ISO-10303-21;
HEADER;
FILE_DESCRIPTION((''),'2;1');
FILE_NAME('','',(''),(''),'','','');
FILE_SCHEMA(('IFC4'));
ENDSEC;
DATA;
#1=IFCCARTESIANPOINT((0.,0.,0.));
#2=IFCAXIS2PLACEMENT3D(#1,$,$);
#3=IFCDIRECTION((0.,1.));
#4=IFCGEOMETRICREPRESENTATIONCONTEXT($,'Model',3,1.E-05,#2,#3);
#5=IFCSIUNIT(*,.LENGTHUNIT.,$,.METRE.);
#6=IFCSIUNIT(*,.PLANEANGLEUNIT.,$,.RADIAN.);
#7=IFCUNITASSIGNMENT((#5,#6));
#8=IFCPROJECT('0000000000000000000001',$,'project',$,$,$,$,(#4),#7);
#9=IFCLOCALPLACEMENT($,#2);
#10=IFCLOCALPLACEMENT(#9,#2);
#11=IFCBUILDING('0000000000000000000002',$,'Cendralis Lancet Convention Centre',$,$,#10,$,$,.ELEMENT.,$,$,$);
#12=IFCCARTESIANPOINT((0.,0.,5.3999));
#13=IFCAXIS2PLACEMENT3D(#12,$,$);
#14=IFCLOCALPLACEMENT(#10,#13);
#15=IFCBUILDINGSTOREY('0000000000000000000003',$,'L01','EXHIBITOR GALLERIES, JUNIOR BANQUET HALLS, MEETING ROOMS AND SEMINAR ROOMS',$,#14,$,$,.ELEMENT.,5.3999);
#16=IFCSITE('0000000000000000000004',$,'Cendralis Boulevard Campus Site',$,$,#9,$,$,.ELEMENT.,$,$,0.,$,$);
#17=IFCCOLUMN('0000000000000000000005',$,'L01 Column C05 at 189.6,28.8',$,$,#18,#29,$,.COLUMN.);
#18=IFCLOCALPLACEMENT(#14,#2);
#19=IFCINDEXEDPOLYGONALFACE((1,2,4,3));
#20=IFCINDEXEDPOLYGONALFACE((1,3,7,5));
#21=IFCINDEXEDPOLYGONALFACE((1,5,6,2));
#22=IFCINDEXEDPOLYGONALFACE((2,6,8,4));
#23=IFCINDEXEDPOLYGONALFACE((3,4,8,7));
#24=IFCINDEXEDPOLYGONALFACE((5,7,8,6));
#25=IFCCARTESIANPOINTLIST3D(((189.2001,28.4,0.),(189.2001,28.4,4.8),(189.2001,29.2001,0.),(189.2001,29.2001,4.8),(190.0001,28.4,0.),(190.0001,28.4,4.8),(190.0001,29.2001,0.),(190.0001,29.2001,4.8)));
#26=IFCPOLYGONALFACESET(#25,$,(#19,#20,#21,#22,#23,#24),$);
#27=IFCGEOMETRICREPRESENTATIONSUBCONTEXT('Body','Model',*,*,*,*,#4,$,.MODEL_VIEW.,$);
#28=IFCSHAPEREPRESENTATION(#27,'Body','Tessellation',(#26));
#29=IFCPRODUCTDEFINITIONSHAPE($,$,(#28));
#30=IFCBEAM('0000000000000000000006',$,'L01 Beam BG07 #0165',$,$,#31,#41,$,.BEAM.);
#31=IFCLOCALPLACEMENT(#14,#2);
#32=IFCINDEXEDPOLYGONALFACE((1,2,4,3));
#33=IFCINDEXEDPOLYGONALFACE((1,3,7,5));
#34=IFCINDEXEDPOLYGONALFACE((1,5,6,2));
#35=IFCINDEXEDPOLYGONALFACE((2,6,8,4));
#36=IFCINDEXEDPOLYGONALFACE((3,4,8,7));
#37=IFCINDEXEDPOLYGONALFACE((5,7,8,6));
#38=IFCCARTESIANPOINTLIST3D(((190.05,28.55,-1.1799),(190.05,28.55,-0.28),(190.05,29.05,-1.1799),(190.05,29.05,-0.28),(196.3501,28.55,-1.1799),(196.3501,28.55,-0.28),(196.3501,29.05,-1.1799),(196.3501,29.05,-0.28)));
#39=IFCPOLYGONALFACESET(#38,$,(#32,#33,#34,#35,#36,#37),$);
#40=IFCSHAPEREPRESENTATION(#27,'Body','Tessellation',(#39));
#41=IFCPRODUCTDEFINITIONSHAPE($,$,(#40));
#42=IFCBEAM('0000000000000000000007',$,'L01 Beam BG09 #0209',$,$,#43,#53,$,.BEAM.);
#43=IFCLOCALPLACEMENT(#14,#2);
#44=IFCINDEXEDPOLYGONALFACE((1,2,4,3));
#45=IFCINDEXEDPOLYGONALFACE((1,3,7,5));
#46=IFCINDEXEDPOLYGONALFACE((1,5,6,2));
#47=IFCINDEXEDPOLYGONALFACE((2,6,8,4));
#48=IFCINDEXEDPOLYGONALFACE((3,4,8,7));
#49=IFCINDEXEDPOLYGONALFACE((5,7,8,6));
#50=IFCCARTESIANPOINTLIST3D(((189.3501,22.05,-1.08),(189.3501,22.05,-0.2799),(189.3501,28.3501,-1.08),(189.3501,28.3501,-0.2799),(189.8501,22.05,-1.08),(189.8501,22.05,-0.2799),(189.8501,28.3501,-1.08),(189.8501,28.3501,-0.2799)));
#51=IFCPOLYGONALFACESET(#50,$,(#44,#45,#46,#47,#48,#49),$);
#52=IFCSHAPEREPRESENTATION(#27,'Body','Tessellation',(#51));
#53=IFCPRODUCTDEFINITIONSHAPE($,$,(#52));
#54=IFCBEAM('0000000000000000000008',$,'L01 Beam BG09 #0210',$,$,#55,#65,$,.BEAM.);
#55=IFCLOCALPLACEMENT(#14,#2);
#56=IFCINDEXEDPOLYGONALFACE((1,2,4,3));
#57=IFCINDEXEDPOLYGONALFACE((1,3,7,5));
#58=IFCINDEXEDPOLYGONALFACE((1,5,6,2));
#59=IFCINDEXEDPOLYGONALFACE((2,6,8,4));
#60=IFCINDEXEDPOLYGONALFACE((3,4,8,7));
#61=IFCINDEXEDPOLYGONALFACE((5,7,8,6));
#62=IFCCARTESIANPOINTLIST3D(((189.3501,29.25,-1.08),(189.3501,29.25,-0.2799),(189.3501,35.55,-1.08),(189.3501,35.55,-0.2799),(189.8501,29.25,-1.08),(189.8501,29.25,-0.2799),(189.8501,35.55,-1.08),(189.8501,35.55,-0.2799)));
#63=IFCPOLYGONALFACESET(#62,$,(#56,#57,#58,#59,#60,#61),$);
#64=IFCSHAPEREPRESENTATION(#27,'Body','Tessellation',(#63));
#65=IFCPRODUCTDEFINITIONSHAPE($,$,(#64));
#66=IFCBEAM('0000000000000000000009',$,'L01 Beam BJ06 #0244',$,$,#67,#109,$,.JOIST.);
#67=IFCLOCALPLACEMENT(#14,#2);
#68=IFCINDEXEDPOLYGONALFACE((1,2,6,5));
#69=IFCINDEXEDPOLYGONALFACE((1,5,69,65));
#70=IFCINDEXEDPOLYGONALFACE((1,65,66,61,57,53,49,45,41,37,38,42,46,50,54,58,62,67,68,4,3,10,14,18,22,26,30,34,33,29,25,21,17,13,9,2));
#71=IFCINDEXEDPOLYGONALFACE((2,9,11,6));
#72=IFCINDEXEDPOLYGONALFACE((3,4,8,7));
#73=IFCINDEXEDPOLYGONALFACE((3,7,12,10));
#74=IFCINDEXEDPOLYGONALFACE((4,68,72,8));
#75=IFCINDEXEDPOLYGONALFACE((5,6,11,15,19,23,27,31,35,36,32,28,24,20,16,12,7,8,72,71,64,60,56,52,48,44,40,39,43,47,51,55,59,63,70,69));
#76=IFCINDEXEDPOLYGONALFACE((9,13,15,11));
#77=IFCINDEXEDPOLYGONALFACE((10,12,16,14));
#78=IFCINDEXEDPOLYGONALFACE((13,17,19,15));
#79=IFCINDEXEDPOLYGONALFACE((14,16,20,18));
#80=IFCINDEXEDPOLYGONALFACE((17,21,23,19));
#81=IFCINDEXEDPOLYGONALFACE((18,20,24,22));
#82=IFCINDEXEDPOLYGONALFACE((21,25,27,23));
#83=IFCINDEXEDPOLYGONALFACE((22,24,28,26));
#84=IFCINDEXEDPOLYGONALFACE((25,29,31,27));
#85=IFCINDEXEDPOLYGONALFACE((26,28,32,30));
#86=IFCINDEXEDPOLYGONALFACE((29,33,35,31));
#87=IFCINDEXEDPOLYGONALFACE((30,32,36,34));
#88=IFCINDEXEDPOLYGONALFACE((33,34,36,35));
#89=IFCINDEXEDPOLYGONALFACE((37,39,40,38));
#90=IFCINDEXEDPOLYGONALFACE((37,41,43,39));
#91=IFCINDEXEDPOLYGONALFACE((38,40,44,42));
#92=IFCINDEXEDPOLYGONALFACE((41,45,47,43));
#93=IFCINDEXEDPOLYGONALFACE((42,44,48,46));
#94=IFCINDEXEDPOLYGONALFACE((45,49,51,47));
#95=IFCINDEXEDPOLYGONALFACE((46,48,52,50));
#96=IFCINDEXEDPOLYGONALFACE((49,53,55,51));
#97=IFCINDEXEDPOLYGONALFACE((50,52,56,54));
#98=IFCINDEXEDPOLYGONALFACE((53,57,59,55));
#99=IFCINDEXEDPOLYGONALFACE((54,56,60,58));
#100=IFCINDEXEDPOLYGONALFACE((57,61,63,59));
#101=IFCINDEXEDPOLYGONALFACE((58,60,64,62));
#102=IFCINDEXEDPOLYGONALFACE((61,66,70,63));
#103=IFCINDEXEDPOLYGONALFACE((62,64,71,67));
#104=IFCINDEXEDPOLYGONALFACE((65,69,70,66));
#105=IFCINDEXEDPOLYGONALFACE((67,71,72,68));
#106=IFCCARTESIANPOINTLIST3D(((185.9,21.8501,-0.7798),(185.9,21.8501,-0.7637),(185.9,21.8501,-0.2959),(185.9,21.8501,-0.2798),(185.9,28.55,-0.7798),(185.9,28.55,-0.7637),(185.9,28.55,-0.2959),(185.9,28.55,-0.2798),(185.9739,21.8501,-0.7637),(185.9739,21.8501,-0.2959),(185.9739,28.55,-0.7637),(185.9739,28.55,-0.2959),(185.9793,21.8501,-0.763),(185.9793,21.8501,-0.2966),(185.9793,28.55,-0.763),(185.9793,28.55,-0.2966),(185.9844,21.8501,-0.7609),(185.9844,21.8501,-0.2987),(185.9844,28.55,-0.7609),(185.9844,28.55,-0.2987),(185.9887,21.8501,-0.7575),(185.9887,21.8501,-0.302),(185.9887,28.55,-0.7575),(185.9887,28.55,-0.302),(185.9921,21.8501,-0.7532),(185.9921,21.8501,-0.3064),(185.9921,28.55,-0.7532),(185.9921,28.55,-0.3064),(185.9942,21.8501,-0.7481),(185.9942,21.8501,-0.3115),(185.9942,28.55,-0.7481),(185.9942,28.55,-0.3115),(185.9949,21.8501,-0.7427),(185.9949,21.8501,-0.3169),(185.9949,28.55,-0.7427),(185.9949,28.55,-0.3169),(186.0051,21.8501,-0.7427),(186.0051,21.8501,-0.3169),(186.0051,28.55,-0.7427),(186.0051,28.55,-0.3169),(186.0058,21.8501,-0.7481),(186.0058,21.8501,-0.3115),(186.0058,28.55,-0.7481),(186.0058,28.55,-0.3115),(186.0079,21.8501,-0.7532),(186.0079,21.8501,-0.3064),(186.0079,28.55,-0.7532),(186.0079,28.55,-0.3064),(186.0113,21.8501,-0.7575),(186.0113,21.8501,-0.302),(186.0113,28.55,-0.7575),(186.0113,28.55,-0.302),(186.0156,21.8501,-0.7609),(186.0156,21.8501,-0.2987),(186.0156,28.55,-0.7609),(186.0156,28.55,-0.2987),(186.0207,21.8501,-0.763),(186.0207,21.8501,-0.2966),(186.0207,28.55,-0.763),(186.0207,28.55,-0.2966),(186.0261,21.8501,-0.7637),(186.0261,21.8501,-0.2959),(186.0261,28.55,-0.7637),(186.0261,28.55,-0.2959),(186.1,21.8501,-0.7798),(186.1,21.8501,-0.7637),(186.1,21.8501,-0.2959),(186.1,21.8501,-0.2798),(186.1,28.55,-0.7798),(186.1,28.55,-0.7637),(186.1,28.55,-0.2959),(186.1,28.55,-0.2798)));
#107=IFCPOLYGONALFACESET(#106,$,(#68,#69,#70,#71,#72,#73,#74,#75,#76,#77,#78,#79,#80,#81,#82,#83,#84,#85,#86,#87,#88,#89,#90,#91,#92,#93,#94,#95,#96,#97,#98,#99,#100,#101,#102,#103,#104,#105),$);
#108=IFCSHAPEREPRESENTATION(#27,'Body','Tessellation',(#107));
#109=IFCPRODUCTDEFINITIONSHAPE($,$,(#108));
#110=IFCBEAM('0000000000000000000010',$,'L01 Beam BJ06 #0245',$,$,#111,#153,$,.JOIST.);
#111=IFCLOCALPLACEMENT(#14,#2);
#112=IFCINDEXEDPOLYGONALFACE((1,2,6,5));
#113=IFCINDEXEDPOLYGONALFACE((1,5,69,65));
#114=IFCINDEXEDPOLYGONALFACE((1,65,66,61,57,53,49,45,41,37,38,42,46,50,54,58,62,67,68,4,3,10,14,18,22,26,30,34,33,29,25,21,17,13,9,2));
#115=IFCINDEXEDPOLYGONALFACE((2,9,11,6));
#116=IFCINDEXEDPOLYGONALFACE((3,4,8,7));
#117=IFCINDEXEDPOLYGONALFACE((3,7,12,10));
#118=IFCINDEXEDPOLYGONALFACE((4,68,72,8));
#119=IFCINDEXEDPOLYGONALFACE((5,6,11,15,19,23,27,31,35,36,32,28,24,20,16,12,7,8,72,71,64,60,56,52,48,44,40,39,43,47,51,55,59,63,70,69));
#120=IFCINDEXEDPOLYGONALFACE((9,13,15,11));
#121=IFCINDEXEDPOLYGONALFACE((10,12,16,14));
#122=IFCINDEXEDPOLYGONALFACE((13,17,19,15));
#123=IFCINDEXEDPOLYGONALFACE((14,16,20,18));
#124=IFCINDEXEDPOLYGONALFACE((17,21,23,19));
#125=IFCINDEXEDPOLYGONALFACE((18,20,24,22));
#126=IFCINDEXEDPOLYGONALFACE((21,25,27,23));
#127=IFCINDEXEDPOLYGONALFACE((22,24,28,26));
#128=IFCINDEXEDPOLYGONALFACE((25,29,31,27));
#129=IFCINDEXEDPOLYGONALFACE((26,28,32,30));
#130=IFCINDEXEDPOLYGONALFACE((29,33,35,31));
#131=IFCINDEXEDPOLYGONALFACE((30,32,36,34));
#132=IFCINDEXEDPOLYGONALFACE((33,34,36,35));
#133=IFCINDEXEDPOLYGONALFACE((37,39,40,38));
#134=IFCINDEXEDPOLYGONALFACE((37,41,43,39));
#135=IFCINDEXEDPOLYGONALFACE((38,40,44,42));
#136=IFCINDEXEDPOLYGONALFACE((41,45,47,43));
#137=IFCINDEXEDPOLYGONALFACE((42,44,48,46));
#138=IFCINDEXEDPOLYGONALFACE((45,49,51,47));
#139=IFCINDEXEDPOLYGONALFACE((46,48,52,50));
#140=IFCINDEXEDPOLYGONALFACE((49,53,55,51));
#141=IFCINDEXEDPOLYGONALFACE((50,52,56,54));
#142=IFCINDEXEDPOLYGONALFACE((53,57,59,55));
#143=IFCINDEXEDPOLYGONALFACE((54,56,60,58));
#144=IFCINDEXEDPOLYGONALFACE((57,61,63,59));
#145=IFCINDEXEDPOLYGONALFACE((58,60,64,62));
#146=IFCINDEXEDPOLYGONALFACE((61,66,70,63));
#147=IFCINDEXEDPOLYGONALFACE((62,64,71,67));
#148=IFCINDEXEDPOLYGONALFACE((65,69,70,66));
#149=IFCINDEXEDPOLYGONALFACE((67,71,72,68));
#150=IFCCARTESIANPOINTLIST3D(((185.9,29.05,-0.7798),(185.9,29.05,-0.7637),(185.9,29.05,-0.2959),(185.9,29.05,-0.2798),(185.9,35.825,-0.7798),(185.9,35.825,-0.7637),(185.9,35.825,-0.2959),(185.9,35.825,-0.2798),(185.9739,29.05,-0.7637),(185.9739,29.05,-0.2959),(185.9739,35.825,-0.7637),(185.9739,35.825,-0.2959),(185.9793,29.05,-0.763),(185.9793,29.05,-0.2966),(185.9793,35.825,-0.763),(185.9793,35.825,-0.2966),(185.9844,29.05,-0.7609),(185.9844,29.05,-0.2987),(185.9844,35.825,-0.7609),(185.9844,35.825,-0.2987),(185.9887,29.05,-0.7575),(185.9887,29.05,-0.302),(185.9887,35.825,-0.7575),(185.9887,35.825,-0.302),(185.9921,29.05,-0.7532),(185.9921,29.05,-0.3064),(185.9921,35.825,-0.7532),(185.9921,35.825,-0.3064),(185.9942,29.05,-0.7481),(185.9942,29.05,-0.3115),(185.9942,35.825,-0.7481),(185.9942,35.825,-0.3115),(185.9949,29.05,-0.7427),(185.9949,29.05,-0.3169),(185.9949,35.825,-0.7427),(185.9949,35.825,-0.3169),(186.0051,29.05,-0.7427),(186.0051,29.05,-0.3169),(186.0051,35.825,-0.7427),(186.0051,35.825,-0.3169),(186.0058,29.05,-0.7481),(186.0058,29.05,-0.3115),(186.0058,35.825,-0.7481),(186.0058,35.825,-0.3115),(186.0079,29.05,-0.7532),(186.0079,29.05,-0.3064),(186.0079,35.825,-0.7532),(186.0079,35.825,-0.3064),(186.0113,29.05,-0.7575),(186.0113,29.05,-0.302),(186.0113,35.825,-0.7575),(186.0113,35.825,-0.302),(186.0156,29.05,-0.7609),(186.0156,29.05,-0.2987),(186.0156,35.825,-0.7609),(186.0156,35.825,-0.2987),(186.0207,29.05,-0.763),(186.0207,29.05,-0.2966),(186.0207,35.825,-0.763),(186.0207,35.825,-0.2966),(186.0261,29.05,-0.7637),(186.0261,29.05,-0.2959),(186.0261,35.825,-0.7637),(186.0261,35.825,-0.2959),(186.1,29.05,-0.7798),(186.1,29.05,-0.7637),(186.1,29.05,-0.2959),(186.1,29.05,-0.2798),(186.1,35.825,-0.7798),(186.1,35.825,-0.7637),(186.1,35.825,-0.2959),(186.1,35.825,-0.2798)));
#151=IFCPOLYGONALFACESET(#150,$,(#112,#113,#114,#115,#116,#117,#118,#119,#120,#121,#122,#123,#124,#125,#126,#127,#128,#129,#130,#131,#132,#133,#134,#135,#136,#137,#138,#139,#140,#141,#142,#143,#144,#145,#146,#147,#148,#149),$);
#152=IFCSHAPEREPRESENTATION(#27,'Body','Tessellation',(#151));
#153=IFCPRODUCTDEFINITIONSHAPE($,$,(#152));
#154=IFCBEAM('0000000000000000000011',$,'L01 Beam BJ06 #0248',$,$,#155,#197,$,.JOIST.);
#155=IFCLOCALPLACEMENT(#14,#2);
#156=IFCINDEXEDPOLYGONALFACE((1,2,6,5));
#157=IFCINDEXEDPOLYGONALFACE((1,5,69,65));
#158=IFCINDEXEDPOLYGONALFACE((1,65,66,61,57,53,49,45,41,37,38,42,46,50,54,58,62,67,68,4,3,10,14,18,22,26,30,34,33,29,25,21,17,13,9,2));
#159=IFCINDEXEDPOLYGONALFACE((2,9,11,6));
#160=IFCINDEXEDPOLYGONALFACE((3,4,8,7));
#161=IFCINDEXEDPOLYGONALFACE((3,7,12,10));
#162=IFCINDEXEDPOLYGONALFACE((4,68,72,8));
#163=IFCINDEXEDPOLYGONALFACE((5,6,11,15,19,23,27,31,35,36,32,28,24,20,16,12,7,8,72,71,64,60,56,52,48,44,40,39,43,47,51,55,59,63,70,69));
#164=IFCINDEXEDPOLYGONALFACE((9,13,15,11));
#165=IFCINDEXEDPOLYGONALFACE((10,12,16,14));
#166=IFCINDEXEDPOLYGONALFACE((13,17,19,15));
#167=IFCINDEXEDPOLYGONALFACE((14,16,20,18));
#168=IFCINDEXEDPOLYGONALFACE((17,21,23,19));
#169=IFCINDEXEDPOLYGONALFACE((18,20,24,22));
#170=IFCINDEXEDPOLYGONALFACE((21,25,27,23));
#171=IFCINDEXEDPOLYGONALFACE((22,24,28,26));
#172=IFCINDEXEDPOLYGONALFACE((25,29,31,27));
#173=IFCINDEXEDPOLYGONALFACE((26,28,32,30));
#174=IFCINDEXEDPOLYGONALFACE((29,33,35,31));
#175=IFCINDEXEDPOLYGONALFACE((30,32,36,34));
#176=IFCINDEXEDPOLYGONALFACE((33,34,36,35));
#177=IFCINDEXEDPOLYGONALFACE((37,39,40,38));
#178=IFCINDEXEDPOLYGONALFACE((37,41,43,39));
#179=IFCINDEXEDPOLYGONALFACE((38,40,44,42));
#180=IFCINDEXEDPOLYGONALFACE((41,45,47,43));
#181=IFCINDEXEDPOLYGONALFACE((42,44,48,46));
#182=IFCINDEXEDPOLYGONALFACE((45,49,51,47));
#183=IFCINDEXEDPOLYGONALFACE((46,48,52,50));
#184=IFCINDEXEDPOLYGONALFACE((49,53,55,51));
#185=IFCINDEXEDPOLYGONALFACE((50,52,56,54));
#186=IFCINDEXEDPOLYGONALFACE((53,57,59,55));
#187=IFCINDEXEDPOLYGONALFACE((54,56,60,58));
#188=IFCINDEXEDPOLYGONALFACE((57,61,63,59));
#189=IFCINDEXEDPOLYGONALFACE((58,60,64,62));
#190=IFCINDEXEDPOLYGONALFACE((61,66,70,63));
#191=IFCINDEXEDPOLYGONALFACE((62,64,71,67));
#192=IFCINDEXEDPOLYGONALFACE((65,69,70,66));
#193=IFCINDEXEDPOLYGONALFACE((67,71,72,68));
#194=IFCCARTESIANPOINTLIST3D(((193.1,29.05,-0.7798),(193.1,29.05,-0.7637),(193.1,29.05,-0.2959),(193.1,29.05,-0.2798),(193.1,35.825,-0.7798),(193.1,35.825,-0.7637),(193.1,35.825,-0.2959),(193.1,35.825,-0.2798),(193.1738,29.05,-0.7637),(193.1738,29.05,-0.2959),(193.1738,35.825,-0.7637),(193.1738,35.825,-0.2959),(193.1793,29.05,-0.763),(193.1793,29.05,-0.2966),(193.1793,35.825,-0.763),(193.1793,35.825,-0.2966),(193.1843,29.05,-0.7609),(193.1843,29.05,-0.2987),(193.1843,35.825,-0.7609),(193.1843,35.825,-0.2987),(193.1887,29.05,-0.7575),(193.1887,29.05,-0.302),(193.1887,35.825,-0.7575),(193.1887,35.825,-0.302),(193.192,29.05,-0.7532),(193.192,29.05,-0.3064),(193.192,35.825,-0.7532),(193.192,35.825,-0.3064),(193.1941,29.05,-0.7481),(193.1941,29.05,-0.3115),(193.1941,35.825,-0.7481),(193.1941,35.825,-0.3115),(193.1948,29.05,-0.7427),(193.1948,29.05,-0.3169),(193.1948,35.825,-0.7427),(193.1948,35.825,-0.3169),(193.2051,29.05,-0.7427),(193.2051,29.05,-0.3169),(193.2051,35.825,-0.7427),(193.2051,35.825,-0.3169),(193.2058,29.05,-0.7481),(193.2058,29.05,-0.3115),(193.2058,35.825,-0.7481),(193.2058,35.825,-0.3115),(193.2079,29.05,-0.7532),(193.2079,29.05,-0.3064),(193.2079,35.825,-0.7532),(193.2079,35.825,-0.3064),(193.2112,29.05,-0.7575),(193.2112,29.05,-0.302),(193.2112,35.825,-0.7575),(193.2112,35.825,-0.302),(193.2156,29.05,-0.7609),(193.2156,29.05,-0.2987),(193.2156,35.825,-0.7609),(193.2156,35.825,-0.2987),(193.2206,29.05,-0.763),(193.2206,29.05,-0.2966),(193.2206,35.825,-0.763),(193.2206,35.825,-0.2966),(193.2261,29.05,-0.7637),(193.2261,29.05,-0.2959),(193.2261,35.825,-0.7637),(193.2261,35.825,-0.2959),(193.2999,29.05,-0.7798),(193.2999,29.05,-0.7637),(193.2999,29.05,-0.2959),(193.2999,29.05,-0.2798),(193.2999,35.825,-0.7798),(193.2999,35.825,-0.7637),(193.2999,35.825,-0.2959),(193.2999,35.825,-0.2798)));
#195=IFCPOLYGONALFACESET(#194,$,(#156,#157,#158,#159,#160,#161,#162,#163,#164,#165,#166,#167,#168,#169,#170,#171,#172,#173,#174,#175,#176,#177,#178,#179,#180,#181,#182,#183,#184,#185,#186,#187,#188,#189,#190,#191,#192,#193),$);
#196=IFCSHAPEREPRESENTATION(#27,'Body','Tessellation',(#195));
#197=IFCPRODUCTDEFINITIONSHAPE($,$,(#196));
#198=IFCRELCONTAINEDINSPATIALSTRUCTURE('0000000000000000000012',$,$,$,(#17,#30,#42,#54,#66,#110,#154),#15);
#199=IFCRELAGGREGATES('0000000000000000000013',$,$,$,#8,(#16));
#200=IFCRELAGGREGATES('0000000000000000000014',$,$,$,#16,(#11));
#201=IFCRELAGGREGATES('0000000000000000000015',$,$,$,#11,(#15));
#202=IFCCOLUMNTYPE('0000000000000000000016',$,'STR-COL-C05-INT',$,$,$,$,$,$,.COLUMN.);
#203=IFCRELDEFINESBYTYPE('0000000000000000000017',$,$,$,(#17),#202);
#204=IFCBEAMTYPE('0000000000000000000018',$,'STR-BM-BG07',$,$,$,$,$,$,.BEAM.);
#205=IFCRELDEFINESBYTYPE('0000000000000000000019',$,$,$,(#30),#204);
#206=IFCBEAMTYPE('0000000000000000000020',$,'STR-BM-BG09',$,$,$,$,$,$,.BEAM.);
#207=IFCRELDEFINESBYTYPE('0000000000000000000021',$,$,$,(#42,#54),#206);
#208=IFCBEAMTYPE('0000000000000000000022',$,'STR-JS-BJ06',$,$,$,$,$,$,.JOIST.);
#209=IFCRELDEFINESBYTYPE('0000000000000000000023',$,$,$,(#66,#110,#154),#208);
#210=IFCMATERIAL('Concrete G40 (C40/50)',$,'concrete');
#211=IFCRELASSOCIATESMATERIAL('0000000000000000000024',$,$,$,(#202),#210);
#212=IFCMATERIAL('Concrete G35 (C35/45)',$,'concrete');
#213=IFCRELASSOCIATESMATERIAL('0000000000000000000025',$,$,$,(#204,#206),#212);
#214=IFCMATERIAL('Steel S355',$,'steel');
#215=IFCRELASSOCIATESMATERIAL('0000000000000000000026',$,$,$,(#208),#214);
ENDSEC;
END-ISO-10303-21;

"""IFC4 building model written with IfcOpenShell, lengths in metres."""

from ifc_helpers import new_model, si_unit, direction, frame, origin, origin_2d, place, context, subcontext, project, spatial, rectangle, i_section, extrude, material, material_profile, profile_set, type_object, element, save


model = new_model("IFC4")

# Units and contexts
model_context = context("Model", 3, precision=1e-05, world=origin(), true_north=direction((0.0, 1.0)))
body_context = subcontext(model_context, "Body", "Model", "MODEL_VIEW")
ifc_project = project(units=[si_unit("LENGTHUNIT", "METRE"), si_unit("PLANEANGLEUNIT", "RADIAN")], contexts=[model_context])

# Site, building, storey
site_placement = place(None, origin())
site = spatial("IfcSite", under=ifc_project, at=site_placement, Name="Cendralis Boulevard Campus Site", CompositionType="ELEMENT", RefElevation=0.0)
building_placement = place(site_placement, origin())
building = spatial("IfcBuilding", under=site, at=building_placement, Name="Cendralis Lancet Convention Centre", CompositionType="ELEMENT")
storey_placement = place(building_placement, frame((0.0, 0.0, 5.3999)))
storey = spatial("IfcBuildingStorey", under=building, at=storey_placement, Name="L01", Description="EXHIBITOR GALLERIES, JUNIOR BANQUET HALLS, MEETING ROOMS AND SEMINAR ROOMS", CompositionType="ELEMENT", Elevation=5.3999)

# Column
ifc_material_1 = material(Name="Concrete G40 (C40/50)", Category="concrete")
ifc_material_profile_1 = material_profile(ifc_material_1, rectangle(XDim=0.8, YDim=0.8, at=origin_2d()), Name="RC 800x800")
ifc_profile_set_1 = profile_set([ifc_material_profile_1], Name="Concrete G40 (C40/50)")
column_type = type_object("IfcColumnType", Name="STR-COL-C05-INT", PredefinedType="COLUMN", material=ifc_profile_set_1)
column_placement = place(storey_placement, frame((189.6001, 28.8, 0.0), z_axis=(0.0, 0.0, 1.0), x_axis=(1.0, 0.0, 0.0)))
element("IfcColumn", 1, at=column_placement, inside=storey, type_object=column_type, Name="L01 Column C05 at 189.6,28.8", PredefinedType="COLUMN", context=body_context, shape_type="SweptSolid", body=[
    extrude(rectangle(XDim=0.8, YDim=0.8, at=origin_2d()), origin(), (0.0, 0.0, 1.0), 4.8),
])

# Beams
ifc_material_2 = material(Name="Concrete G35 (C35/45)", Category="concrete")
ifc_material_profile_2 = material_profile(ifc_material_2, rectangle(XDim=0.5, YDim=0.8999, at=origin_2d()), Name="RCB 500x900")
ifc_profile_set_2 = profile_set([ifc_material_profile_2], Name="Concrete G35 (C35/45)")
beam_type_1 = type_object("IfcBeamType", Name="STR-BM-BG07", PredefinedType="BEAM", material=ifc_profile_set_2)
beam_1_placement = place(storey_placement, frame((190.05, 28.8, -0.73), z_axis=(1.0, 0.0, 0.0), x_axis=(0.0, 1.0, 0.0)))
element("IfcBeam", 2, at=beam_1_placement, inside=storey, type_object=beam_type_1, Name="L01 Beam BG07 #0165", PredefinedType="BEAM", context=body_context, shape_type="SweptSolid", body=[
    extrude(rectangle(XDim=0.5, YDim=0.8999, at=origin_2d()), origin(), (0.0, 0.0, 1.0), 6.3),
])
ifc_material_profile_3 = material_profile(ifc_material_2, rectangle(XDim=0.5, YDim=0.8, at=origin_2d()), Name="RCB 500x800")
ifc_profile_set_3 = profile_set([ifc_material_profile_3], Name="Concrete G35 (C35/45)")
beam_type_2 = type_object("IfcBeamType", Name="STR-BM-BG09", PredefinedType="BEAM", material=ifc_profile_set_3)
for number, where, z_axis, x_axis, name in (
    (3, (189.6001, 22.05, -0.6799), (0.0, 1.0, 0.0), (-1.0, 0.0, 0.0), "L01 Beam BG09 #0209"),
    (4, (189.6001, 29.25, -0.6799), (0.0, 1.0, 0.0), (-1.0, 0.0, 0.0), "L01 Beam BG09 #0210"),
):
    element("IfcBeam", number, at=place(storey_placement, frame(where, z_axis=z_axis, x_axis=x_axis)), inside=storey, type_object=beam_type_2, Name=name, PredefinedType="BEAM", context=body_context, shape_type="SweptSolid", body=[
        extrude(rectangle(XDim=0.5, YDim=0.8, at=origin_2d()), origin(), (0.0, 0.0, 1.0), 6.3),
    ])
ifc_material_3 = material(Name="Steel S355", Category="steel")
ifc_material_profile_4 = material_profile(ifc_material_3, i_section(OverallWidth=0.2, OverallDepth=0.5, WebThickness=0.0103, FlangeThickness=0.0161, FilletRadius=0.021, at=origin_2d()), Name="IPE 500")
ifc_profile_set_4 = profile_set([ifc_material_profile_4], Name="Steel S355")
beam_type_3 = type_object("IfcBeamType", Name="STR-JS-BJ06", PredefinedType="JOIST", material=ifc_profile_set_4)
beam_2_placement = place(storey_placement, frame((186.0, 21.8501, -0.5298), z_axis=(0.0, 1.0, 0.0), x_axis=(-1.0, 0.0, 0.0)))
element("IfcBeam", 5, at=beam_2_placement, inside=storey, type_object=beam_type_3, Name="L01 Beam BJ06 #0244", PredefinedType="JOIST", context=body_context, shape_type="SweptSolid", body=[
    extrude(i_section(OverallWidth=0.2, OverallDepth=0.5, WebThickness=0.0103, FlangeThickness=0.0161, FilletRadius=0.021, at=origin_2d()), origin(), (0.0, 0.0, 1.0), 6.7),
])
for number, where, z_axis, x_axis, name in (
    (6, (186.0, 29.05, -0.5298), (0.0, 1.0, 0.0), (-1.0, 0.0, 0.0), "L01 Beam BJ06 #0245"),
    (7, (193.2, 29.05, -0.5298), (0.0, 1.0, 0.0), (-1.0, 0.0, 0.0), "L01 Beam BJ06 #0248"),
):
    element("IfcBeam", number, at=place(storey_placement, frame(where, z_axis=z_axis, x_axis=x_axis)), inside=storey, type_object=beam_type_3, Name=name, PredefinedType="JOIST", context=body_context, shape_type="SweptSolid", body=[
        extrude(i_section(OverallWidth=0.2, OverallDepth=0.5, WebThickness=0.0103, FlangeThickness=0.0161, FilletRadius=0.021, at=origin_2d()), origin(), (0.0, 0.0, 1.0), 6.7749),
    ])

save(model, "model.ifc")
